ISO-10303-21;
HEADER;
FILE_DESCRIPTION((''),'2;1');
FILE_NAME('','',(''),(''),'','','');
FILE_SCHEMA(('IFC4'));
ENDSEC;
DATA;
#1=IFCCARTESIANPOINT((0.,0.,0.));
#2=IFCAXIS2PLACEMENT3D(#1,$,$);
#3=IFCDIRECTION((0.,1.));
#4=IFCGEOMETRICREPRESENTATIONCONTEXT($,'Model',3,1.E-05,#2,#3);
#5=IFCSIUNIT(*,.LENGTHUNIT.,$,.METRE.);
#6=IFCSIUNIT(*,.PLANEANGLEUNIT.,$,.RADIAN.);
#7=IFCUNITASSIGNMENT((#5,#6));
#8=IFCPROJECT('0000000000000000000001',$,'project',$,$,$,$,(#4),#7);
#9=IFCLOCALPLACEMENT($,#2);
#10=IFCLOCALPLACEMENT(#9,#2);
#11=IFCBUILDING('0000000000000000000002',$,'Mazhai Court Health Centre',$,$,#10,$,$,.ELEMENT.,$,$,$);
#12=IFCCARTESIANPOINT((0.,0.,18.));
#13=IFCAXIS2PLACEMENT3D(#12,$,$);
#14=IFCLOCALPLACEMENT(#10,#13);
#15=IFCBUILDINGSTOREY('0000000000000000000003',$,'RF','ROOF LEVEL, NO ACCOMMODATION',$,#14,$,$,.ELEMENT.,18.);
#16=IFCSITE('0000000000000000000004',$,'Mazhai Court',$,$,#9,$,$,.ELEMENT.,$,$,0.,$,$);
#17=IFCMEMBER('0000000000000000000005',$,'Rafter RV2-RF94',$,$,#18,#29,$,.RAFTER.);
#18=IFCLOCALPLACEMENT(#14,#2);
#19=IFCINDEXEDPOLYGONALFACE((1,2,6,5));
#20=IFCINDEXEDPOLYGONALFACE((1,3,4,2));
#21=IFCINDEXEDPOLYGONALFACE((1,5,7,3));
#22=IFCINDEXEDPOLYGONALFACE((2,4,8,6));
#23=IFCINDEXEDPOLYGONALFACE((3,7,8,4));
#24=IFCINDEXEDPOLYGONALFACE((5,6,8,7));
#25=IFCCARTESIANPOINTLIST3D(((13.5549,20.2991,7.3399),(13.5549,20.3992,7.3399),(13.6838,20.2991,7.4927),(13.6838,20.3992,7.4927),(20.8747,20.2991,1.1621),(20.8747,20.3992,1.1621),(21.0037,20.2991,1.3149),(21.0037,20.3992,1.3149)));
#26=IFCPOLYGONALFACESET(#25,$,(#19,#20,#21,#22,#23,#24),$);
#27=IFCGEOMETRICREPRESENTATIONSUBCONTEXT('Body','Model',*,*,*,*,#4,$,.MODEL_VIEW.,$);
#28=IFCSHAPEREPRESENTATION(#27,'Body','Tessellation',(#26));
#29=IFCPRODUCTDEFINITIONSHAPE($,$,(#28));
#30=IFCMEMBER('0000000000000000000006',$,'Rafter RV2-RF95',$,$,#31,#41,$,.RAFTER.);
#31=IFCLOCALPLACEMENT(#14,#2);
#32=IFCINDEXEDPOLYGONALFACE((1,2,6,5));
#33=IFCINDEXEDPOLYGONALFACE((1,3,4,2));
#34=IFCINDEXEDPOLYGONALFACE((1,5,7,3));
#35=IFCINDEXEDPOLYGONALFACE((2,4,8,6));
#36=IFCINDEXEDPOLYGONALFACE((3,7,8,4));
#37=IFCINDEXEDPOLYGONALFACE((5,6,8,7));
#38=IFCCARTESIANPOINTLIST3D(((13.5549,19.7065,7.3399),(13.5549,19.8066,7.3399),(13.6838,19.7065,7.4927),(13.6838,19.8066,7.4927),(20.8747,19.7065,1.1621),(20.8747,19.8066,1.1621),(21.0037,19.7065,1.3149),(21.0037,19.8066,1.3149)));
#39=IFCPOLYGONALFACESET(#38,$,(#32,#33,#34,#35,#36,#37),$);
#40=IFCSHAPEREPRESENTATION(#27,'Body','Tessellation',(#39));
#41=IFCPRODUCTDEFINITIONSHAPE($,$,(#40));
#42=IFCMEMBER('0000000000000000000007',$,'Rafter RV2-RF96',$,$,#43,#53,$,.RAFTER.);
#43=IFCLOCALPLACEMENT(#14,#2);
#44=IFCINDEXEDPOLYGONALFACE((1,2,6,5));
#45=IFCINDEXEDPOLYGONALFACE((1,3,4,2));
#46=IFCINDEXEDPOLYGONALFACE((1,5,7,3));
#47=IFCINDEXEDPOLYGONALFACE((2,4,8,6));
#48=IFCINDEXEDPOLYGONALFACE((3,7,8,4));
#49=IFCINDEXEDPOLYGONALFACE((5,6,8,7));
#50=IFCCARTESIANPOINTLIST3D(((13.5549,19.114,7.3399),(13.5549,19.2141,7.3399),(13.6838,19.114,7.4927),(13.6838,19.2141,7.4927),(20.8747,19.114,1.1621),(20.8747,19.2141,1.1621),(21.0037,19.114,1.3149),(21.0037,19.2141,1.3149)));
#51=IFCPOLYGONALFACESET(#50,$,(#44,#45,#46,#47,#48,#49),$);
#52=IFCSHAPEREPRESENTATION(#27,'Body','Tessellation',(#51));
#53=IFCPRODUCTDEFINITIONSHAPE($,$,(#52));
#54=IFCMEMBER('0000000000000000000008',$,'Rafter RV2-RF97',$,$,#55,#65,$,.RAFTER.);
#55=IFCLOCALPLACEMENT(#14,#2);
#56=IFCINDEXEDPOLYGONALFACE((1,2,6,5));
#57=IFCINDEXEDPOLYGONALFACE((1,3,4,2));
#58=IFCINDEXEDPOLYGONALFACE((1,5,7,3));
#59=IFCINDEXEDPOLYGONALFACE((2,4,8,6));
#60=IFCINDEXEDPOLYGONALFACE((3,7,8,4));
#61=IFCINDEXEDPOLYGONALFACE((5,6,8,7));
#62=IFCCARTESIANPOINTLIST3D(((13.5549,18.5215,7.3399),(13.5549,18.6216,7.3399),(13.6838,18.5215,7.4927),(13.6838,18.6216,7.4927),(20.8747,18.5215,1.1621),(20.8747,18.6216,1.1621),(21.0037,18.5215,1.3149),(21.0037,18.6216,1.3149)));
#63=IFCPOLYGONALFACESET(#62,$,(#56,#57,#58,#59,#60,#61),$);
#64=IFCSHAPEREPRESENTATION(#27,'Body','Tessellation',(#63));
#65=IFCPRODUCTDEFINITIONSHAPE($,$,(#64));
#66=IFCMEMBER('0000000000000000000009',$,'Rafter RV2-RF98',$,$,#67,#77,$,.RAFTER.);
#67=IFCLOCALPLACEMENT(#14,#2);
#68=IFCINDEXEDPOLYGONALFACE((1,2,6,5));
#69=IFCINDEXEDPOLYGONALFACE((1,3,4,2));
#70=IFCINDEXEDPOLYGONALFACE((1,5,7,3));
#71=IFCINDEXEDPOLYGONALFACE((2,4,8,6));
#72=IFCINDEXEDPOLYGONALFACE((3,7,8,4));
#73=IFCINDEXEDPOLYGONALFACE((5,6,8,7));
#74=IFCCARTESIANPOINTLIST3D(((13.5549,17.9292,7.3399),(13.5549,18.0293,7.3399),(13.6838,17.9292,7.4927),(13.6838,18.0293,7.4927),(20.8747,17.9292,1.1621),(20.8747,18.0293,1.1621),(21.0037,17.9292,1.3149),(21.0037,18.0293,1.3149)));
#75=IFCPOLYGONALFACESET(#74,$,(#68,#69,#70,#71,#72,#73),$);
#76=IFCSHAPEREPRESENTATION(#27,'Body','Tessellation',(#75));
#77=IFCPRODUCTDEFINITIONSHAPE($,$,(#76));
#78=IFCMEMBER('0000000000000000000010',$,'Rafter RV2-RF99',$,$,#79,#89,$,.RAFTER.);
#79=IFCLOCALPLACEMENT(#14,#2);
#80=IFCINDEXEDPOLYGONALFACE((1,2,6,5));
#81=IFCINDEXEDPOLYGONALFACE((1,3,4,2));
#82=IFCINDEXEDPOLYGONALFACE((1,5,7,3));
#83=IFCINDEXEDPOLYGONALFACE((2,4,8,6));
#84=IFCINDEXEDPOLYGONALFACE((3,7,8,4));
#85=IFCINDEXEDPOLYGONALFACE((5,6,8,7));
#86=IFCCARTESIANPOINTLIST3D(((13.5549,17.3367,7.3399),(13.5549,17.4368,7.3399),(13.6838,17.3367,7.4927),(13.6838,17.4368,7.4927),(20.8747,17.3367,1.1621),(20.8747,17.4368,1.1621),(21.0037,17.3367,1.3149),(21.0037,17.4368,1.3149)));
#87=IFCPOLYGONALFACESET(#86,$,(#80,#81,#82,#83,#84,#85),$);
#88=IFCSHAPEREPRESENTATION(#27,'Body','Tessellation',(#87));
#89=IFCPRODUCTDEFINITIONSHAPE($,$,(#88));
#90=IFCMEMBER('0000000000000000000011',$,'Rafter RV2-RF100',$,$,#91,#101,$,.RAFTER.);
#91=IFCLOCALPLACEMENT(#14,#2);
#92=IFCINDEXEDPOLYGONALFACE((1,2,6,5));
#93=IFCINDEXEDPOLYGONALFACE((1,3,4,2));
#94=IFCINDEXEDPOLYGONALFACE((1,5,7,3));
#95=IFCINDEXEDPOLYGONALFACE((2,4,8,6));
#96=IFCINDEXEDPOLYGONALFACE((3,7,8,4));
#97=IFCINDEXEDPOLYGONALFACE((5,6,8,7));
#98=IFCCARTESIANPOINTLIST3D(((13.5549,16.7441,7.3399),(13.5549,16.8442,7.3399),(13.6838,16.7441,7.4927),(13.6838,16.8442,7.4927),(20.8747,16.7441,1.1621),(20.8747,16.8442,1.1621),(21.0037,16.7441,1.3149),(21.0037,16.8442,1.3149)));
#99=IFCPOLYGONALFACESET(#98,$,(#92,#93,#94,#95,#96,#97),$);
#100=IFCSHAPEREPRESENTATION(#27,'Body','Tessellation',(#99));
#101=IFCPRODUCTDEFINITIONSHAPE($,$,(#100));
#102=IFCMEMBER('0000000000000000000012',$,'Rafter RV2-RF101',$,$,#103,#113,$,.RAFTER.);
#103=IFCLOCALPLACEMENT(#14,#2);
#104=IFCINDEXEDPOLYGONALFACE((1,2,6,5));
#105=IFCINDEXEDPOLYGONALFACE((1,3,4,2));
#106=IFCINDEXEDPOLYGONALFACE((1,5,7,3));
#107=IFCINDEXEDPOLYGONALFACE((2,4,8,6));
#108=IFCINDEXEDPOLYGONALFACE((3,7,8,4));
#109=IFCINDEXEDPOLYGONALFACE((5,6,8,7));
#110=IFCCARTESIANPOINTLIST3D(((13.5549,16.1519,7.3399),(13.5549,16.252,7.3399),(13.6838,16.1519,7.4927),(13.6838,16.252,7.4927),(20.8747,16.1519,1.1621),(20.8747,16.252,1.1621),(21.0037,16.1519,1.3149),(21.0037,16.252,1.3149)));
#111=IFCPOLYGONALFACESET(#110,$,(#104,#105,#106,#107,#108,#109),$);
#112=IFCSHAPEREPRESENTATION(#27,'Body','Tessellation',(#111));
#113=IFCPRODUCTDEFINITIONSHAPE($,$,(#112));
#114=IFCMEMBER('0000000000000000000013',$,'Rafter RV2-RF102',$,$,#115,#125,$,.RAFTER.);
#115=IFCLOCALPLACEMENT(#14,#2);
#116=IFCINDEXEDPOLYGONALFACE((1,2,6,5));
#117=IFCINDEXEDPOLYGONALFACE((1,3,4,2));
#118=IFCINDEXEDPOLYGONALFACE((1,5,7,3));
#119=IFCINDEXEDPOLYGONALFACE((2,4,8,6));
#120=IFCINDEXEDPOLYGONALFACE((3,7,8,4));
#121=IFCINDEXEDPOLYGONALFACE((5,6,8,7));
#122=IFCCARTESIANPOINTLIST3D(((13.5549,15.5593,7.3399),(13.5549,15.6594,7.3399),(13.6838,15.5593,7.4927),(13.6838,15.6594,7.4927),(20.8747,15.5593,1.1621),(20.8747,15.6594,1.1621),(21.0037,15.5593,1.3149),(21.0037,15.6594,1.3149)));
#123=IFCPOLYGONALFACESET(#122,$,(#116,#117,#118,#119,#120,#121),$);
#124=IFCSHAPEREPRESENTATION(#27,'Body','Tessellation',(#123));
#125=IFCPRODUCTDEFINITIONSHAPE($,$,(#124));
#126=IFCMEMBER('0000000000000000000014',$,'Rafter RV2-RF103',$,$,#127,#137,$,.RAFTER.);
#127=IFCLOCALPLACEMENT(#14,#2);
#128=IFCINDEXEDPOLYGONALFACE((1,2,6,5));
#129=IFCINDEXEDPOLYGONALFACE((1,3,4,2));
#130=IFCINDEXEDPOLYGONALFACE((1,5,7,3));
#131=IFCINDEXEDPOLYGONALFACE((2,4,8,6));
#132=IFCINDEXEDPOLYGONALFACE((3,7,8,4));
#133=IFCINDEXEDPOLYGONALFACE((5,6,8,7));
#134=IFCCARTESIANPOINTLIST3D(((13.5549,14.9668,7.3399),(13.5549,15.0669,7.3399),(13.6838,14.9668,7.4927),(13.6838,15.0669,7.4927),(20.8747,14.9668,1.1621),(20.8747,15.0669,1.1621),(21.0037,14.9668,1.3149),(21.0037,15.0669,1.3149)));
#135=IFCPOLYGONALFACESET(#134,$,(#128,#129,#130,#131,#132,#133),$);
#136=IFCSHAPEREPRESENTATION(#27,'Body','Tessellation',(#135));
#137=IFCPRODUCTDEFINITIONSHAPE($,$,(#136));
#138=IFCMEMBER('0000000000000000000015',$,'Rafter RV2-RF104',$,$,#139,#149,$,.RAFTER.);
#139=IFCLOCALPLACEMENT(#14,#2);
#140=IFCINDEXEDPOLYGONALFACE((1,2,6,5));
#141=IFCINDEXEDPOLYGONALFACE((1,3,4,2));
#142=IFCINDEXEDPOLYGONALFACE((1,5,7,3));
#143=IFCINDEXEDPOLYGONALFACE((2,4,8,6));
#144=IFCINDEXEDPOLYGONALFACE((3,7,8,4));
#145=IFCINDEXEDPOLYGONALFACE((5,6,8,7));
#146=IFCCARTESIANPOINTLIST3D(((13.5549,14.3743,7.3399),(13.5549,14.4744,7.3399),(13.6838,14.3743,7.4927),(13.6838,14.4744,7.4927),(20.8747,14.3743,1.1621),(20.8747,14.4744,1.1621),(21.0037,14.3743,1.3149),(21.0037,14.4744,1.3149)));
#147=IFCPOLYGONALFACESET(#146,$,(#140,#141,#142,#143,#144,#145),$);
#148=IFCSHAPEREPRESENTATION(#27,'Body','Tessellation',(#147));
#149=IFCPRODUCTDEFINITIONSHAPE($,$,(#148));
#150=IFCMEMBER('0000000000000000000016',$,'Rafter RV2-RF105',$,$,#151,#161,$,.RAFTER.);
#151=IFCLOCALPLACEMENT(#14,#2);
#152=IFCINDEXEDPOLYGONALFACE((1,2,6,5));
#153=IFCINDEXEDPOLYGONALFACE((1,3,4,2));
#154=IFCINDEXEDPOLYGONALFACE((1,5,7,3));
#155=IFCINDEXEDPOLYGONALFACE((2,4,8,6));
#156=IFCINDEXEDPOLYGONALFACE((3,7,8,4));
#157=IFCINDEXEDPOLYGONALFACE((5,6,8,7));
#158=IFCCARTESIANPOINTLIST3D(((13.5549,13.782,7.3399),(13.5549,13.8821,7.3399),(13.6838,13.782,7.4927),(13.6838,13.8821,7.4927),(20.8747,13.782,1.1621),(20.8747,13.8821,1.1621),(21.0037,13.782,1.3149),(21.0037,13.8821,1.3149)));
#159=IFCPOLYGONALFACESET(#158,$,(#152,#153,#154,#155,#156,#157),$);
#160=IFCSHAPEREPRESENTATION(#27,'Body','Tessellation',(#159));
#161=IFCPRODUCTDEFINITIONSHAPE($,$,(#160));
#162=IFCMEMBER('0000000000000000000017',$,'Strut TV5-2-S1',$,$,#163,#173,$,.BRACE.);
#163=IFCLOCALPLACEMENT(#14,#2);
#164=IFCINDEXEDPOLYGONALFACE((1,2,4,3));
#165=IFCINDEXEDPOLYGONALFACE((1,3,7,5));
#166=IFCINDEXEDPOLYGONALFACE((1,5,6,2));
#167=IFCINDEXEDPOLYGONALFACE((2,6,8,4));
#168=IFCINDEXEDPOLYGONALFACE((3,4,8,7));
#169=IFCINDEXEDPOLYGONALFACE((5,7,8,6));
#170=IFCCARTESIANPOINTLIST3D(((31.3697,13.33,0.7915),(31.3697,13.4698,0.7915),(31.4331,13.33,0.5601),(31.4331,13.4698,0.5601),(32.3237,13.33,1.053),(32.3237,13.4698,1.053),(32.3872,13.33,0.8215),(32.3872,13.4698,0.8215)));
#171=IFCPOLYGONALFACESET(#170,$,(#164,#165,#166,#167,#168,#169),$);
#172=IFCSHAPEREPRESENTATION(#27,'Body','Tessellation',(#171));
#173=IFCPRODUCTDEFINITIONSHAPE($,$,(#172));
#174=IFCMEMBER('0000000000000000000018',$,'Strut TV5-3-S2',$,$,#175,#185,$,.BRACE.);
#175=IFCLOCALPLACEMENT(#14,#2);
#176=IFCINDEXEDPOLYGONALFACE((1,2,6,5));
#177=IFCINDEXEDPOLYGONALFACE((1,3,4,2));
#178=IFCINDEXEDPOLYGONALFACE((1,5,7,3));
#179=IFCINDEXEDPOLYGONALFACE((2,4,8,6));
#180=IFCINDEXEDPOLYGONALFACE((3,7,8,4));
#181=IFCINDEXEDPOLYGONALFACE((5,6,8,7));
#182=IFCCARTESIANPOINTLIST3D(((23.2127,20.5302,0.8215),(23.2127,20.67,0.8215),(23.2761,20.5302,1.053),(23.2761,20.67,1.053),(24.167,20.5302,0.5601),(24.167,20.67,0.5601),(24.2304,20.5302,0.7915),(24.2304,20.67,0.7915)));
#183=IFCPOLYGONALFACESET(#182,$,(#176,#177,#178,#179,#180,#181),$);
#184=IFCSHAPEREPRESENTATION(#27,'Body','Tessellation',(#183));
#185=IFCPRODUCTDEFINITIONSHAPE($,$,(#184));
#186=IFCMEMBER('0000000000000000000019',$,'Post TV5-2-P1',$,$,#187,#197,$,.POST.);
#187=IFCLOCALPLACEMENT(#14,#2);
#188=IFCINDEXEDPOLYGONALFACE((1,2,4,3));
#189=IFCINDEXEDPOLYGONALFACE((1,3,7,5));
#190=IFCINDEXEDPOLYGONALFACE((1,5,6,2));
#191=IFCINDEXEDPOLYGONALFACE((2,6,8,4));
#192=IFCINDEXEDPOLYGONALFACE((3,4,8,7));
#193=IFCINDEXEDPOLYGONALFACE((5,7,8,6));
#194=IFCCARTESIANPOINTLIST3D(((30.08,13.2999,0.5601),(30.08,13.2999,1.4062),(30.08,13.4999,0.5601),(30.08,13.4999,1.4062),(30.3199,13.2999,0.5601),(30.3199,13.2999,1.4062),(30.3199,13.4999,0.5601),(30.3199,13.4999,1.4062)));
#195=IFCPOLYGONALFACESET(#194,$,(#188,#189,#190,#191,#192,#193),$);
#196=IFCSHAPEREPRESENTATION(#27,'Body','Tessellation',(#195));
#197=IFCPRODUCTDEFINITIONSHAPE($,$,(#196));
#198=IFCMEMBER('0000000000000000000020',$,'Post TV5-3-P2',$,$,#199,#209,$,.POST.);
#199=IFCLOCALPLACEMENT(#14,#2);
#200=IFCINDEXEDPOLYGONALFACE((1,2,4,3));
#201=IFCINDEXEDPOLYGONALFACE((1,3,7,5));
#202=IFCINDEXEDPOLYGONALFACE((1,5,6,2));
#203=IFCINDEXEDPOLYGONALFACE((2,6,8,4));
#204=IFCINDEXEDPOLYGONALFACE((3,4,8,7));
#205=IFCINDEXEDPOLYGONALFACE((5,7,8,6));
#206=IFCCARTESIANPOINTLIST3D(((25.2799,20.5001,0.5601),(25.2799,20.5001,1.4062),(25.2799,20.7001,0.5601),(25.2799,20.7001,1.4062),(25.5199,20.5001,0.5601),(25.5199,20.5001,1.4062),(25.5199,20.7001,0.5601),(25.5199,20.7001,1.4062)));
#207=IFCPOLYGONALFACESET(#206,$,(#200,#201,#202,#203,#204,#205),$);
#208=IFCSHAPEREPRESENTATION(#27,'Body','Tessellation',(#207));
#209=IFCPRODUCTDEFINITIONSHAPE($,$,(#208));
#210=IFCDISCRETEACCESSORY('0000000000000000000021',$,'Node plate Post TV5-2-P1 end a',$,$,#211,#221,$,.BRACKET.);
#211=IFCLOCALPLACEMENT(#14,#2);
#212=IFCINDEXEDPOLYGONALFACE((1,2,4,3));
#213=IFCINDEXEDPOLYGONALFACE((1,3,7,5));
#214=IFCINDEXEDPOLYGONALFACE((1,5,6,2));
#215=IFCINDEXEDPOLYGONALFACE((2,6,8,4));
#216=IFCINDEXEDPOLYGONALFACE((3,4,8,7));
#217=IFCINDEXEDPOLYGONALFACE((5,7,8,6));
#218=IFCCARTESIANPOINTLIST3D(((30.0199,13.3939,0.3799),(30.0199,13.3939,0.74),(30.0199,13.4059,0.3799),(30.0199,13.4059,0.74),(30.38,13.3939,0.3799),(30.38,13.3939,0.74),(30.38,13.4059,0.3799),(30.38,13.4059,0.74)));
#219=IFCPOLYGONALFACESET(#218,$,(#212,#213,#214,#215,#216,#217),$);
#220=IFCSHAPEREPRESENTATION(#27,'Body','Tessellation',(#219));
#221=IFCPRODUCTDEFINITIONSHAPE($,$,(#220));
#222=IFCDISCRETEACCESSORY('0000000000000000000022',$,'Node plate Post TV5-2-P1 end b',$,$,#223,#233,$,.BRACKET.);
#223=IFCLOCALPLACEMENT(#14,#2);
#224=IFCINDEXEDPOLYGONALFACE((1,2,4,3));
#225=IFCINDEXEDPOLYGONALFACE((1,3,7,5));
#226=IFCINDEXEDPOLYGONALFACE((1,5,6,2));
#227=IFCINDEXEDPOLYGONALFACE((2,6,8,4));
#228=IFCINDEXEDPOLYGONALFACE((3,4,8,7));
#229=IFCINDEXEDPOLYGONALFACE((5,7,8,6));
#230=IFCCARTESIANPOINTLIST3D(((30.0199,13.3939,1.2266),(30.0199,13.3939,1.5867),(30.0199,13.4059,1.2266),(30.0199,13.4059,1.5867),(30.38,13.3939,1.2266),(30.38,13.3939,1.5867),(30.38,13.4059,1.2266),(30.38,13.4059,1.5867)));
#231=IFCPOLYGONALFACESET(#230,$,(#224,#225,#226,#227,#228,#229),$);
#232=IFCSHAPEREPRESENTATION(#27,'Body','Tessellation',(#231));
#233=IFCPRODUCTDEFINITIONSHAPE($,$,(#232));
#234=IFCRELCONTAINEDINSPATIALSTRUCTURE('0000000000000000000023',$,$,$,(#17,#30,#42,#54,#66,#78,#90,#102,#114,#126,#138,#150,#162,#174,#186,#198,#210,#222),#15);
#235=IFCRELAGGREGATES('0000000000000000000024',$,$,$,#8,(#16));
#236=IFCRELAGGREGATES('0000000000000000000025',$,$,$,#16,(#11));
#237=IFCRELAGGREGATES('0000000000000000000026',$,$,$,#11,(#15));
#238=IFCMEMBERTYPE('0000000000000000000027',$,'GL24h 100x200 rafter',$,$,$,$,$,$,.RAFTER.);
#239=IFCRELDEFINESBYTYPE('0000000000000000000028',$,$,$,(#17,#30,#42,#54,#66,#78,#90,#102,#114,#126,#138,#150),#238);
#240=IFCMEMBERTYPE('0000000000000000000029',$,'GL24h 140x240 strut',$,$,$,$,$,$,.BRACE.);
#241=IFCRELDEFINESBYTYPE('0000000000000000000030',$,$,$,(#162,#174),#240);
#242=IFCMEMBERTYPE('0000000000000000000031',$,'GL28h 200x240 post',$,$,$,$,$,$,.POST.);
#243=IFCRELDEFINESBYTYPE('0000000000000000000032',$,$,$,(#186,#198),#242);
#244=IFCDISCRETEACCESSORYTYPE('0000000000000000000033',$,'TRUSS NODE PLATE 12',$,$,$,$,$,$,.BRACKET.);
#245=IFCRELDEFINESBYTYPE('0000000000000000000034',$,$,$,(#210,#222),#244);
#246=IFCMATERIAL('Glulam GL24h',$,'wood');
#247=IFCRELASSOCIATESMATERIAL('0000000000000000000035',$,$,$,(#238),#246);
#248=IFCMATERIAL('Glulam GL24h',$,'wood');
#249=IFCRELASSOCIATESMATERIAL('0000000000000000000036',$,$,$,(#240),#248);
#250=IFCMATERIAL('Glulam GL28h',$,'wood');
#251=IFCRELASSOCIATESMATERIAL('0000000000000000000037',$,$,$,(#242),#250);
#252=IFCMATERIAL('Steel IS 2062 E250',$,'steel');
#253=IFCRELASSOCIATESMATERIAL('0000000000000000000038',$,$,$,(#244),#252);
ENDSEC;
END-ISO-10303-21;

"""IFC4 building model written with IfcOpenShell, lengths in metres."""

from ifc_helpers import new_model, si_unit, direction, frame, origin, origin_2d, place, context, subcontext, project, spatial, rectangle, extrude, material, material_profile, profile_set, type_object, element, save


model = new_model("IFC4")

# Units and contexts
model_context = context("Model", 3, precision=1e-05, world=origin(), true_north=direction((0.0, 1.0)))
body_context = subcontext(model_context, "Body", "Model", "MODEL_VIEW")
ifc_project = project(units=[si_unit("LENGTHUNIT", "METRE"), si_unit("PLANEANGLEUNIT", "RADIAN")], contexts=[model_context])

# Site, building, storey
site_placement = place(None, origin())
site = spatial("IfcSite", under=ifc_project, at=site_placement, Name="Mazhai Court", CompositionType="ELEMENT", RefElevation=0.0)
building_placement = place(site_placement, origin())
building = spatial("IfcBuilding", under=site, at=building_placement, Name="Mazhai Court Health Centre", CompositionType="ELEMENT")
storey_placement = place(building_placement, frame((0.0, 0.0, 18.0)))
storey = spatial("IfcBuildingStorey", under=building, at=storey_placement, Name="RF", Description="ROOF LEVEL, NO ACCOMMODATION", CompositionType="ELEMENT", Elevation=18.0)

# Members
ifc_material_1 = material(Name="Glulam GL24h", Category="wood")
ifc_material_profile_1 = material_profile(ifc_material_1, rectangle(XDim=0.1001, YDim=0.2, at=origin_2d()), Name="GL24h 100x200")
ifc_profile_set_1 = profile_set([ifc_material_profile_1], Name="Glulam GL24h")
member_type_1 = type_object("IfcMemberType", Name="GL24h 100x200 rafter", PredefinedType="RAFTER", material=ifc_profile_set_1)
for number, where, z_axis, x_axis, name in (
    (1, (20.9392, 20.3491, 1.2385), (-0.764207, 0.0, 0.644971), (0.0, -1.0, 0.0), "Rafter RV2-RF94"),
    (2, (20.9392, 19.7566, 1.2385), (-0.764207, 0.0, 0.644971), (0.0, -1.0, 0.0), "Rafter RV2-RF95"),
    (3, (20.9392, 19.1641, 1.2385), (-0.764207, 0.0, 0.644971), (0.0, -1.0, 0.0), "Rafter RV2-RF96"),
    (4, (20.9392, 18.5715, 1.2385), (-0.764207, 0.0, 0.644971), (0.0, -1.0, 0.0), "Rafter RV2-RF97"),
    (5, (20.9392, 17.9792, 1.2385), (-0.764207, 0.0, 0.644971), (0.0, -1.0, 0.0), "Rafter RV2-RF98"),
    (6, (20.9392, 17.3867, 1.2385), (-0.764207, 0.0, 0.644971), (0.0, -1.0, 0.0), "Rafter RV2-RF99"),
    (7, (20.9392, 16.7942, 1.2385), (-0.764207, 0.0, 0.644971), (0.0, -1.0, 0.0), "Rafter RV2-RF100"),
    (8, (20.9392, 16.2019, 1.2385), (-0.764207, 0.0, 0.644971), (0.0, -1.0, 0.0), "Rafter RV2-RF101"),
    (9, (20.9392, 15.6094, 1.2385), (-0.764207, 0.0, 0.644971), (0.0, -1.0, 0.0), "Rafter RV2-RF102"),
    (10, (20.9392, 15.0168, 1.2385), (-0.764207, 0.0, 0.644971), (0.0, -1.0, 0.0), "Rafter RV2-RF103"),
    (11, (20.9392, 14.4243, 1.2385), (-0.764207, 0.0, 0.644971), (0.0, -1.0, 0.0), "Rafter RV2-RF104"),
    (12, (20.9392, 13.832, 1.2385), (-0.764207, 0.0, 0.644971), (0.0, -1.0, 0.0), "Rafter RV2-RF105"),
):
    element("IfcMember", number, at=place(storey_placement, frame(where, z_axis=z_axis, x_axis=x_axis)), inside=storey, type_object=member_type_1, Name=name, PredefinedType="RAFTER", context=body_context, shape_type="SweptSolid", body=[
        extrude(rectangle(XDim=0.1001, YDim=0.2, at=origin_2d()), origin(), (0.0, 0.0, 1.0), 9.5784),
    ])
ifc_material_2 = material(Name="Glulam GL24h", Category="wood")
ifc_material_profile_2 = material_profile(ifc_material_2, rectangle(XDim=0.1399, YDim=0.24, at=origin_2d()), Name="GL24h 140x240")
ifc_profile_set_2 = profile_set([ifc_material_profile_2], Name="Glulam GL24h")
member_type_2 = type_object("IfcMemberType", Name="GL24h 140x240 strut", PredefinedType="BRACE", material=ifc_profile_set_2)
member_1_placement = place(storey_placement, frame((31.4014, 13.3999, 0.6758), z_axis=(0.964438, 0.0, 0.264307), x_axis=(0.0, 1.0, 0.0)))
element("IfcMember", 13, at=member_1_placement, inside=storey, type_object=member_type_2, Name="Strut TV5-2-S1", PredefinedType="BRACE", context=body_context, shape_type="SweptSolid", body=[
    extrude(rectangle(XDim=0.1399, YDim=0.24, at=origin_2d()), origin(), (0.0, 0.0, 1.0), 0.9893),
])
member_2_placement = place(storey_placement, frame((24.1987, 20.6001, 0.6758), z_axis=(-0.964456, 0.0, 0.264245), x_axis=(0.0, -1.0, 0.0)))
element("IfcMember", 14, at=member_2_placement, inside=storey, type_object=member_type_2, Name="Strut TV5-3-S2", PredefinedType="BRACE", context=body_context, shape_type="SweptSolid", body=[
    extrude(rectangle(XDim=0.1399, YDim=0.24, at=origin_2d()), origin(), (0.0, 0.0, 1.0), 0.9895),
])
ifc_material_3 = material(Name="Glulam GL28h", Category="wood")
ifc_material_profile_3 = material_profile(ifc_material_3, rectangle(XDim=0.2, YDim=0.24, at=origin_2d()), Name="GL28h 200x240")
ifc_profile_set_3 = profile_set([ifc_material_profile_3], Name="Glulam GL28h")
member_type_3 = type_object("IfcMemberType", Name="GL28h 200x240 post", PredefinedType="POST", material=ifc_profile_set_3)
for number, where, z_axis, x_axis, name in (
    (15, (30.2, 13.3999, 0.5601), (0.0, 0.0, 1.0), (0.0, 1.0, 0.0), "Post TV5-2-P1"),
    (16, (25.3999, 20.6001, 0.5601), (0.0, 0.0, 1.0), (0.0, 1.0, 0.0), "Post TV5-3-P2"),
):
    element("IfcMember", number, at=place(storey_placement, frame(where, z_axis=z_axis, x_axis=x_axis)), inside=storey, type_object=member_type_3, Name=name, PredefinedType="POST", context=body_context, shape_type="SweptSolid", body=[
        extrude(rectangle(XDim=0.2, YDim=0.24, at=origin_2d()), origin(), (0.0, 0.0, 1.0), 0.8462),
    ])

# Discrete accessories
ifc_material_4 = material(Name="Steel IS 2062 E250", Category="steel")
discrete_accessory_type = type_object("IfcDiscreteAccessoryType", Name="TRUSS NODE PLATE 12", PredefinedType="BRACKET", material=ifc_material_4)
for number, where, z_axis, x_axis, name in (
    (17, (30.2, 13.3999, 0.3799), (0.0, 0.0, 1.0), (1.0, 0.0, 0.0), "Node plate Post TV5-2-P1 end a"),
    (18, (30.2, 13.3999, 1.2266), (0.0, 0.0, 1.0), (1.0, 0.0, 0.0), "Node plate Post TV5-2-P1 end b"),
):
    element("IfcDiscreteAccessory", number, at=place(storey_placement, frame(where, z_axis=z_axis, x_axis=x_axis)), inside=storey, type_object=discrete_accessory_type, Name=name, PredefinedType="BRACKET", context=body_context, shape_type="SweptSolid", body=[
        extrude(rectangle(XDim=0.3601, YDim=0.012, at=origin_2d()), origin(), (0.0, 0.0, 1.0), 0.3601),
    ])

save(model, "model.ifc")
